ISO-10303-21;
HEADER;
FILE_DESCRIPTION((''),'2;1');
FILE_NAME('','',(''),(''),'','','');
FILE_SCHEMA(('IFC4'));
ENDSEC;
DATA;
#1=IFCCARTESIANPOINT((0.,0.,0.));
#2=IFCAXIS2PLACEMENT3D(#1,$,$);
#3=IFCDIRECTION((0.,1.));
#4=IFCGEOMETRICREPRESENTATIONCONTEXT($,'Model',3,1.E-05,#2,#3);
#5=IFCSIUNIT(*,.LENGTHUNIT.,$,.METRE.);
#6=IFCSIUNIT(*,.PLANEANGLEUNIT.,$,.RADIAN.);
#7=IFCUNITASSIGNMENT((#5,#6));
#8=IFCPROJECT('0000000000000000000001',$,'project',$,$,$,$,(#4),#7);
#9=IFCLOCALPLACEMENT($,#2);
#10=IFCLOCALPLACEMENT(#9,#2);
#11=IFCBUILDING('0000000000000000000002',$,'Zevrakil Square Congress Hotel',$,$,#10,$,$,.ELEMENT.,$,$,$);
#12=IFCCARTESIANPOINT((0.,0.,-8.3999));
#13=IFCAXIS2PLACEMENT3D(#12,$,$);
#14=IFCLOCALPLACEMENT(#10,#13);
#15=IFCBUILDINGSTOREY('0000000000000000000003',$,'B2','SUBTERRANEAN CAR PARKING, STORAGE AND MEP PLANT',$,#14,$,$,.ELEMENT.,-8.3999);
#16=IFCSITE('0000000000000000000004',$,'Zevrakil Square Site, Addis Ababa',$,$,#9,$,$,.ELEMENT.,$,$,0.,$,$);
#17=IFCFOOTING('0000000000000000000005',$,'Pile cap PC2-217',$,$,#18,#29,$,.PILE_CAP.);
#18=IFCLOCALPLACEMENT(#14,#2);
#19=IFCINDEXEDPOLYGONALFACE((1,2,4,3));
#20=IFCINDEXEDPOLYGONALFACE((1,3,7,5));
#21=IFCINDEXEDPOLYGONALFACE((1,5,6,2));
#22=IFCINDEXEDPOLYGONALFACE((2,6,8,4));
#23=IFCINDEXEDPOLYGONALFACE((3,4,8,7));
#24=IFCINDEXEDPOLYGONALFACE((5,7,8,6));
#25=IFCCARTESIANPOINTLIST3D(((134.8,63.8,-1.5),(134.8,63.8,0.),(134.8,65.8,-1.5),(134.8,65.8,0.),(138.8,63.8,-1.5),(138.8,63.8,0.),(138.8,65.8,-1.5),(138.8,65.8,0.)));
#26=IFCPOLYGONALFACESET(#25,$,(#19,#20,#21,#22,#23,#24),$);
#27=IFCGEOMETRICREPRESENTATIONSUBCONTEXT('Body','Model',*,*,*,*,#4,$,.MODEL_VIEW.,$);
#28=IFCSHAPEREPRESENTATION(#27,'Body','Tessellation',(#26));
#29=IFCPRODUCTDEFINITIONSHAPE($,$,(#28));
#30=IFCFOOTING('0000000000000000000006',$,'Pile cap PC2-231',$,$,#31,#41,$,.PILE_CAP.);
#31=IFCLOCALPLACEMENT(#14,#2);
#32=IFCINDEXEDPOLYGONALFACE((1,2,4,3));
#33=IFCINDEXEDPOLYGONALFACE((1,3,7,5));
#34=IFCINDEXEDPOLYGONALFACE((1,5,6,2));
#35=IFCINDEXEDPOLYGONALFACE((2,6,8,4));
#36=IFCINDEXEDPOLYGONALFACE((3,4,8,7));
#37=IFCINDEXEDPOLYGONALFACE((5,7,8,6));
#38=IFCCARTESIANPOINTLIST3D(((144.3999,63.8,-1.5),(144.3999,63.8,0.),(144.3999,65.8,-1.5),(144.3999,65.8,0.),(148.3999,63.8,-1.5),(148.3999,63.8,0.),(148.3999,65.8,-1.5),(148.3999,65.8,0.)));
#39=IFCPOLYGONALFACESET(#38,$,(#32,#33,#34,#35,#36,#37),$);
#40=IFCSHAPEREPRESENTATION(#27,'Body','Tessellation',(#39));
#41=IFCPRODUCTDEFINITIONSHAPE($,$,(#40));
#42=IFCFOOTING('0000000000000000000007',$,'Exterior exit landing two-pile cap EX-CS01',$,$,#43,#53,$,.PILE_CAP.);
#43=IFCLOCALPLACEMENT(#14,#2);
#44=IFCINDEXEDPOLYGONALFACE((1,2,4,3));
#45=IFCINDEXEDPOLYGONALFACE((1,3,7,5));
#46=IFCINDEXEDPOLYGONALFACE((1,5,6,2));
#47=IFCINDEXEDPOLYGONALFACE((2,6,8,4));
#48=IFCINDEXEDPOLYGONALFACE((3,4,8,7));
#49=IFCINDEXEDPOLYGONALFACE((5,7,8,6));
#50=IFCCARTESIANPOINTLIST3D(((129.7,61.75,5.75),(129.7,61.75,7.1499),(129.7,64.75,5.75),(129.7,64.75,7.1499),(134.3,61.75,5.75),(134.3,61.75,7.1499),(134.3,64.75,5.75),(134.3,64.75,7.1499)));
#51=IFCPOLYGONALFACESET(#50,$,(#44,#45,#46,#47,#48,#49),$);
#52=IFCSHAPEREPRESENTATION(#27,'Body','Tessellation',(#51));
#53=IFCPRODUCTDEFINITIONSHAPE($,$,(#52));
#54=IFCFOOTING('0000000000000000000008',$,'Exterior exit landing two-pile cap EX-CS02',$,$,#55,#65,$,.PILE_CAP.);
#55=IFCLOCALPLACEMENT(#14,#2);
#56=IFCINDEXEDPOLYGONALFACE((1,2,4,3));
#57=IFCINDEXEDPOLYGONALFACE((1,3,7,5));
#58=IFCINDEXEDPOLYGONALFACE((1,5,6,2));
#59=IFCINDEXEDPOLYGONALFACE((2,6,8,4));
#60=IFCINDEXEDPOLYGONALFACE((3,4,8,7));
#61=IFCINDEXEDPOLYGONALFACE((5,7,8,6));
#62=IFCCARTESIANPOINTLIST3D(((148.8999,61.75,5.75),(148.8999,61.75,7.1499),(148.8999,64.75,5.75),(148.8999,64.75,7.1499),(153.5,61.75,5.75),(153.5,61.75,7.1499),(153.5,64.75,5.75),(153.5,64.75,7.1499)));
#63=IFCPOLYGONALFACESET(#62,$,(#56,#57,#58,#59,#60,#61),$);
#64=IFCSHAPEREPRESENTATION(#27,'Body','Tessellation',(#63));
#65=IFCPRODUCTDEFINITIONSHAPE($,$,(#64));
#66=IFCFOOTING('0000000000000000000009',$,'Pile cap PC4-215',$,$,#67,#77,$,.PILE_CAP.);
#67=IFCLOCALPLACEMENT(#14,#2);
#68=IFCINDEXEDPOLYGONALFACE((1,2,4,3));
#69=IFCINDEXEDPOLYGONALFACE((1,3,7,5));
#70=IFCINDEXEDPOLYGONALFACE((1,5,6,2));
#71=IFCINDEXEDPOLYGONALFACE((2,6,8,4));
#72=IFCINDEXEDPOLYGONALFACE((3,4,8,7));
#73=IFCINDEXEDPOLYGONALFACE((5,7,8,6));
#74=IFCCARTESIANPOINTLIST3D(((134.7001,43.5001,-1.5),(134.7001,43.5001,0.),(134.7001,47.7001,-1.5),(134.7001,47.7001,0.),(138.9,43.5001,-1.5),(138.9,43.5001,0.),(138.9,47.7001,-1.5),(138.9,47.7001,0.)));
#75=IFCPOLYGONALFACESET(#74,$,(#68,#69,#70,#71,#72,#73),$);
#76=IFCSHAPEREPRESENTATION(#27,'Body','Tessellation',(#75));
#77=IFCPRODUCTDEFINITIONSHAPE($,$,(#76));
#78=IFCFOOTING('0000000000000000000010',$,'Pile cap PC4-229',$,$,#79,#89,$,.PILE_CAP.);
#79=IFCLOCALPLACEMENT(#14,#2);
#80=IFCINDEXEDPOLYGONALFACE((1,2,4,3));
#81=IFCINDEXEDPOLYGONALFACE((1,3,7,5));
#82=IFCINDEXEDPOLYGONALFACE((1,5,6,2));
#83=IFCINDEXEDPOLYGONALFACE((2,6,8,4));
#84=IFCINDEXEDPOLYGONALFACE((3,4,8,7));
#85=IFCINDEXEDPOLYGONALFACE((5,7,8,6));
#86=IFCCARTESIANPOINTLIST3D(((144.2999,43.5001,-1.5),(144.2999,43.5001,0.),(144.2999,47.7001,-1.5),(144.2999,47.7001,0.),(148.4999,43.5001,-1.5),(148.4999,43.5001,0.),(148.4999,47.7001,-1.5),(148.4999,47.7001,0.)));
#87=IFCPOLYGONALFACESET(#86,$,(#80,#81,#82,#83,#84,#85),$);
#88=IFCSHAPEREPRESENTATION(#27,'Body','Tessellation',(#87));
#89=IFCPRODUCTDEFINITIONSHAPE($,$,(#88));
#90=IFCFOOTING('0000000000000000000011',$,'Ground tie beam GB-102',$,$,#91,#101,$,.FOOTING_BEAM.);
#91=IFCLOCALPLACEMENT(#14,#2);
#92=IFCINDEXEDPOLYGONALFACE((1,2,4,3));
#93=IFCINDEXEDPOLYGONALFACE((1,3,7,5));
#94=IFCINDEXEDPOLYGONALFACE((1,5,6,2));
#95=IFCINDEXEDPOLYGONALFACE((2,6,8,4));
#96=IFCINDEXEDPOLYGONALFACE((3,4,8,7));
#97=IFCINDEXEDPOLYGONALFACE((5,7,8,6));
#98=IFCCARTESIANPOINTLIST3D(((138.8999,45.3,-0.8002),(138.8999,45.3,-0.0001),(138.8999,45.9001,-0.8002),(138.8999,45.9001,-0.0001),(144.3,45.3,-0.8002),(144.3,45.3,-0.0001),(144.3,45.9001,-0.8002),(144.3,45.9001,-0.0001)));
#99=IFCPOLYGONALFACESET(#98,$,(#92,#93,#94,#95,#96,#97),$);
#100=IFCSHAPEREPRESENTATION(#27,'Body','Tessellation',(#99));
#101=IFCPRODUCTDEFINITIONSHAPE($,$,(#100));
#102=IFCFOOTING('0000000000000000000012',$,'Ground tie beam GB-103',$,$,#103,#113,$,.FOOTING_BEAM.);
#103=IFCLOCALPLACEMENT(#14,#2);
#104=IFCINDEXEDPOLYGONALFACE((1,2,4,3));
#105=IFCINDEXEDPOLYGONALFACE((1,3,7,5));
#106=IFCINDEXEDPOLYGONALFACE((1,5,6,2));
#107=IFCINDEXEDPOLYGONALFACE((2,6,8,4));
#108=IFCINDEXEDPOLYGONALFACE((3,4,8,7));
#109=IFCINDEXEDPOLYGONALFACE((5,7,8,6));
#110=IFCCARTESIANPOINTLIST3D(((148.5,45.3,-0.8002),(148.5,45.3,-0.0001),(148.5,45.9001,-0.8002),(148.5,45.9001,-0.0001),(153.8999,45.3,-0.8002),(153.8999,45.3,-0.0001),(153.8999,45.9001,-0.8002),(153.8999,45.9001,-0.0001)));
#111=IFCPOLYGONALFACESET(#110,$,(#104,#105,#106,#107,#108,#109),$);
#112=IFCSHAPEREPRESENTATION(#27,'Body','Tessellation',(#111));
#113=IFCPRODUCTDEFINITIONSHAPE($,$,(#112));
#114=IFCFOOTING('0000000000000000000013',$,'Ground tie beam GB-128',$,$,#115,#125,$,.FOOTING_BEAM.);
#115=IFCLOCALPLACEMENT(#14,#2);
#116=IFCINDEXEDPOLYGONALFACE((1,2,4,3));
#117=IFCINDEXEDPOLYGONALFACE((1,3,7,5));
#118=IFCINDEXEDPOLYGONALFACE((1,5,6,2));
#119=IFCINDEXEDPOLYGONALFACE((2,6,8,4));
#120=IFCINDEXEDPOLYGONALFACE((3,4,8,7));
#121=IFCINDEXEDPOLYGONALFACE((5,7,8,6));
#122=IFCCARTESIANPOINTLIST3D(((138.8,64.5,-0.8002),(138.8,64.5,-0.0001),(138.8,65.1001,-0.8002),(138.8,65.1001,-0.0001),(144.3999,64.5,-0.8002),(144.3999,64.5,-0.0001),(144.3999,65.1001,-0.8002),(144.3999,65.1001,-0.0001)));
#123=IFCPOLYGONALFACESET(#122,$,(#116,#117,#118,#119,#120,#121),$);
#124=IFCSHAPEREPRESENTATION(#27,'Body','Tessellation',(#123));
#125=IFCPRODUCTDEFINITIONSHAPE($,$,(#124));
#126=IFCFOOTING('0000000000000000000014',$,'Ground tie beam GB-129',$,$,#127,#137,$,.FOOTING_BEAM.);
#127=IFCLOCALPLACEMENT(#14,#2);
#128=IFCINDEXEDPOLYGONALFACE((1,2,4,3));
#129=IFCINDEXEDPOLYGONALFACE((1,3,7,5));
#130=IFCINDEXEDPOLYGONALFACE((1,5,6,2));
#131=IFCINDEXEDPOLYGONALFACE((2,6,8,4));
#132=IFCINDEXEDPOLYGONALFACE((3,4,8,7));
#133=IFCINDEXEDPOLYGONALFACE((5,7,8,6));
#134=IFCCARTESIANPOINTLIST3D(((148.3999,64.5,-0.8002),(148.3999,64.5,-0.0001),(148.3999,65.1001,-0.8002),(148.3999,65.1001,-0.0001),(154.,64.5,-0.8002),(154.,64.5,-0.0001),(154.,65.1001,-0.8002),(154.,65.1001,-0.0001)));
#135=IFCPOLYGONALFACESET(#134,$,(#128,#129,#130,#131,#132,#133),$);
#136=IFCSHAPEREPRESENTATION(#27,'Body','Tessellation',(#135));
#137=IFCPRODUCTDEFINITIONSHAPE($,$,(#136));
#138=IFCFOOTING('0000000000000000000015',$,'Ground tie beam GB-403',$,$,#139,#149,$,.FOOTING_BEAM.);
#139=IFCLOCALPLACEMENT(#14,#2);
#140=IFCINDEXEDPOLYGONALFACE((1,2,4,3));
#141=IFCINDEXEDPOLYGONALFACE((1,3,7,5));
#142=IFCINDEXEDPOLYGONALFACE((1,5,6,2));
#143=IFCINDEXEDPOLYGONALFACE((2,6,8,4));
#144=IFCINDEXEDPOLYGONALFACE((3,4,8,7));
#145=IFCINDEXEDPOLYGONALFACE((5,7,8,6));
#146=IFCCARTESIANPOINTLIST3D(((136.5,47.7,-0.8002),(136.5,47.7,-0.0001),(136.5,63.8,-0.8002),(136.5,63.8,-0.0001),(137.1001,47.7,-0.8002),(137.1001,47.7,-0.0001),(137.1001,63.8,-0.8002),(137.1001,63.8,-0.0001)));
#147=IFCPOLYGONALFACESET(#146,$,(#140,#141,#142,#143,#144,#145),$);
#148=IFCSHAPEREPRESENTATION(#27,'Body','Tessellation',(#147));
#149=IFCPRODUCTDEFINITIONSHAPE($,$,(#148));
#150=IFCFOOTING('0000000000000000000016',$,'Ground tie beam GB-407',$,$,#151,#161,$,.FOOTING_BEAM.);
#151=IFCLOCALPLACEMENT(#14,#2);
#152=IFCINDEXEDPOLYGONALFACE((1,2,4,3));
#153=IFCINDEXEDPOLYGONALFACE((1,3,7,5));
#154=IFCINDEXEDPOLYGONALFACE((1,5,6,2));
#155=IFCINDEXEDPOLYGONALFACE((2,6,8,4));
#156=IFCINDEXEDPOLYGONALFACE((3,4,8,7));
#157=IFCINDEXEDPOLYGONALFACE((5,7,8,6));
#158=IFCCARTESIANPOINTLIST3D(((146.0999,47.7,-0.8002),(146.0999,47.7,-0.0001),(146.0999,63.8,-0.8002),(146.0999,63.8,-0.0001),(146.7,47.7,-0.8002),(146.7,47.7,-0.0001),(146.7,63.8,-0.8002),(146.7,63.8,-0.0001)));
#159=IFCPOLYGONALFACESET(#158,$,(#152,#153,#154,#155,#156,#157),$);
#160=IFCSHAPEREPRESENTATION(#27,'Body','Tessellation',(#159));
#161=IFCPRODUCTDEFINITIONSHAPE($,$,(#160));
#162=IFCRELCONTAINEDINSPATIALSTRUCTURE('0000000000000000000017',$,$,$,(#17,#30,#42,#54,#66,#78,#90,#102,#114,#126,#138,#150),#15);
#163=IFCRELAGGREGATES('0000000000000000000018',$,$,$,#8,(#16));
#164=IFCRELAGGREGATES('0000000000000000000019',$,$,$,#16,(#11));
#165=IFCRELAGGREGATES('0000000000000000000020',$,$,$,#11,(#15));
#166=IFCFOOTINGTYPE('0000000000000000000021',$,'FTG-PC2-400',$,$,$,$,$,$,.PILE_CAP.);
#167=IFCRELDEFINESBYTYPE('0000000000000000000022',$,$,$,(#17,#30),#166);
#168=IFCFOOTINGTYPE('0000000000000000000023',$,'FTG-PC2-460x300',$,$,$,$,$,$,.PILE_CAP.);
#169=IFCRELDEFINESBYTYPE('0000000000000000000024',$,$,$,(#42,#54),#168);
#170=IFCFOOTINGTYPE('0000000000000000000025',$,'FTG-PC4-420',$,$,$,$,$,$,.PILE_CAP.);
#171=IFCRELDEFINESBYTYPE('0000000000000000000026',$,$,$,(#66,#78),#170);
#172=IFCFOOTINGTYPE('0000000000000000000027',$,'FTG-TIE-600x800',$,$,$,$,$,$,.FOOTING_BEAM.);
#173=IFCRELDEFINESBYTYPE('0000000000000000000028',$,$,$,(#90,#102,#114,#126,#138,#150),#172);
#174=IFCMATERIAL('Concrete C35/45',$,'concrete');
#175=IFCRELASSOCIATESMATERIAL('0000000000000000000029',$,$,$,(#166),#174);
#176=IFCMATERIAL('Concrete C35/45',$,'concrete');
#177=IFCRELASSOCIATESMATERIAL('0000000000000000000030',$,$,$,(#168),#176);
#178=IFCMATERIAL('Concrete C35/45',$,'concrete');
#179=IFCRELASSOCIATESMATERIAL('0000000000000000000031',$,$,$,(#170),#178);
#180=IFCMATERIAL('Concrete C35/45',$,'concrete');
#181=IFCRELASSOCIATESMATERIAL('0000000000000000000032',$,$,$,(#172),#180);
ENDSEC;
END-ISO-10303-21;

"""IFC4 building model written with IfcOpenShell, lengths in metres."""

from ifc_helpers import new_model, si_unit, direction, frame, origin, origin_2d, place, context, subcontext, project, spatial, rectangle, extrude, material, material_profile, profile_set, type_object, element, save


model = new_model("IFC4")

# Units and contexts
model_context = context("Model", 3, precision=1e-05, world=origin(), true_north=direction((0.0, 1.0)))
body_context = subcontext(model_context, "Body", "Model", "MODEL_VIEW")
ifc_project = project(units=[si_unit("LENGTHUNIT", "METRE"), si_unit("PLANEANGLEUNIT", "RADIAN")], contexts=[model_context])

# Site, building, storey
site_placement = place(None, origin())
site = spatial("IfcSite", under=ifc_project, at=site_placement, Name="Zevrakil Square Site, Addis Ababa", CompositionType="ELEMENT", RefElevation=0.0)
building_placement = place(site_placement, origin())
building = spatial("IfcBuilding", under=site, at=building_placement, Name="Zevrakil Square Congress Hotel", CompositionType="ELEMENT")
storey_placement = place(building_placement, frame((0.0, 0.0, -8.3999)))
storey = spatial("IfcBuildingStorey", under=building, at=storey_placement, Name="B2", Description="SUBTERRANEAN CAR PARKING, STORAGE AND MEP PLANT", CompositionType="ELEMENT", Elevation=-8.3999)

# Footings
ifc_material_1 = material(Name="Concrete C35/45", Category="concrete")
footing_type_1 = type_object("IfcFootingType", Name="FTG-PC2-400", PredefinedType="PILE_CAP", material=ifc_material_1)
for number, where, z_axis, x_axis, name in (
    (1, (136.8, 64.8, -1.5), (0.0, 0.0, 1.0), (1.0, 0.0, 0.0), "Pile cap PC2-217"),
    (2, (146.3999, 64.8, -1.5), (0.0, 0.0, 1.0), (1.0, 0.0, 0.0), "Pile cap PC2-231"),
):
    element("IfcFooting", number, at=place(storey_placement, frame(where, z_axis=z_axis, x_axis=x_axis)), inside=storey, type_object=footing_type_1, Name=name, PredefinedType="PILE_CAP", context=body_context, shape_type="SweptSolid", body=[
        extrude(rectangle(XDim=4.0, YDim=2.0, at=origin_2d()), origin(), (0.0, 0.0, 1.0), 1.5),
    ])
ifc_material_2 = material(Name="Concrete C35/45", Category="concrete")
footing_type_2 = type_object("IfcFootingType", Name="FTG-PC2-460x300", PredefinedType="PILE_CAP", material=ifc_material_2)
for number, where, z_axis, x_axis, name in (
    (3, (132.0, 63.25, 5.75), (0.0, 0.0, 1.0), (1.0, 0.0, 0.0), "Exterior exit landing two-pile cap EX-CS01"),
    (4, (151.2, 63.25, 5.75), (0.0, 0.0, 1.0), (1.0, 0.0, 0.0), "Exterior exit landing two-pile cap EX-CS02"),
):
    element("IfcFooting", number, at=place(storey_placement, frame(where, z_axis=z_axis, x_axis=x_axis)), inside=storey, type_object=footing_type_2, Name=name, PredefinedType="PILE_CAP", context=body_context, shape_type="SweptSolid", body=[
        extrude(rectangle(XDim=4.6001, YDim=3.0, at=origin_2d()), origin(), (0.0, 0.0, 1.0), 1.3999),
    ])
ifc_material_3 = material(Name="Concrete C35/45", Category="concrete")
footing_type_3 = type_object("IfcFootingType", Name="FTG-PC4-420", PredefinedType="PILE_CAP", material=ifc_material_3)
for number, where, z_axis, x_axis, name in (
    (5, (136.8, 45.6001, -1.5), (0.0, 0.0, 1.0), (1.0, 0.0, 0.0), "Pile cap PC4-215"),
    (6, (146.3999, 45.6001, -1.5), (0.0, 0.0, 1.0), (1.0, 0.0, 0.0), "Pile cap PC4-229"),
):
    element("IfcFooting", number, at=place(storey_placement, frame(where, z_axis=z_axis, x_axis=x_axis)), inside=storey, type_object=footing_type_3, Name=name, PredefinedType="PILE_CAP", context=body_context, shape_type="SweptSolid", body=[
        extrude(rectangle(XDim=4.2, YDim=4.2, at=origin_2d()), origin(), (0.0, 0.0, 1.0), 1.5),
    ])
ifc_material_4 = material(Name="Concrete C35/45", Category="concrete")
ifc_material_profile_1 = material_profile(ifc_material_4, rectangle(XDim=0.6001, YDim=0.8, at=origin_2d()), Name="RC 600x800")
ifc_profile_set_1 = profile_set([ifc_material_profile_1], Name="Concrete C35/45")
footing_type_4 = type_object("IfcFootingType", Name="FTG-TIE-600x800", PredefinedType="FOOTING_BEAM", material=ifc_profile_set_1)
footing_1_placement = place(storey_placement, frame((138.8999, 45.6001, -0.4001), z_axis=(1.0, 0.0, 0.0), x_axis=(0.0, 1.0, 0.0)))
element("IfcFooting", 7, at=footing_1_placement, inside=storey, type_object=footing_type_4, Name="Ground tie beam GB-102", PredefinedType="FOOTING_BEAM", context=body_context, shape_type="SweptSolid", body=[
    extrude(rectangle(XDim=0.6001, YDim=0.8, at=origin_2d()), origin(), (0.0, 0.0, 1.0), 5.4001),
])
footing_2_placement = place(storey_placement, frame((148.5, 45.6001, -0.4001), z_axis=(1.0, 0.0, 0.0), x_axis=(0.0, 1.0, 0.0)))
element("IfcFooting", 8, at=footing_2_placement, inside=storey, type_object=footing_type_4, Name="Ground tie beam GB-103", PredefinedType="FOOTING_BEAM", context=body_context, shape_type="SweptSolid", body=[
    extrude(rectangle(XDim=0.6001, YDim=0.8, at=origin_2d()), origin(), (0.0, 0.0, 1.0), 5.3999),
])
footing_3_placement = place(storey_placement, frame((138.8, 64.8, -0.4001), z_axis=(1.0, 0.0, 0.0), x_axis=(0.0, 1.0, 0.0)))
element("IfcFooting", 9, at=footing_3_placement, inside=storey, type_object=footing_type_4, Name="Ground tie beam GB-128", PredefinedType="FOOTING_BEAM", context=body_context, shape_type="SweptSolid", body=[
    extrude(rectangle(XDim=0.6001, YDim=0.8, at=origin_2d()), origin(), (0.0, 0.0, 1.0), 5.5999),
])
footing_4_placement = place(storey_placement, frame((148.3999, 64.8, -0.4001), z_axis=(1.0, 0.0, 0.0), x_axis=(0.0, 1.0, 0.0)))
element("IfcFooting", 10, at=footing_4_placement, inside=storey, type_object=footing_type_4, Name="Ground tie beam GB-129", PredefinedType="FOOTING_BEAM", context=body_context, shape_type="SweptSolid", body=[
    extrude(rectangle(XDim=0.6001, YDim=0.8, at=origin_2d()), origin(), (0.0, 0.0, 1.0), 5.6001),
])
for number, where, z_axis, x_axis, name in (
    (11, (136.8, 47.7, -0.4001), (0.0, 1.0, 0.0), (-1.0, 0.0, 0.0), "Ground tie beam GB-403"),
    (12, (146.3999, 47.7, -0.4001), (0.0, 1.0, 0.0), (-1.0, 0.0, 0.0), "Ground tie beam GB-407"),
):
    element("IfcFooting", number, at=place(storey_placement, frame(where, z_axis=z_axis, x_axis=x_axis)), inside=storey, type_object=footing_type_4, Name=name, PredefinedType="FOOTING_BEAM", context=body_context, shape_type="SweptSolid", body=[
        extrude(rectangle(XDim=0.6001, YDim=0.8, at=origin_2d()), origin(), (0.0, 0.0, 1.0), 16.1001),
    ])

save(model, "model.ifc")
